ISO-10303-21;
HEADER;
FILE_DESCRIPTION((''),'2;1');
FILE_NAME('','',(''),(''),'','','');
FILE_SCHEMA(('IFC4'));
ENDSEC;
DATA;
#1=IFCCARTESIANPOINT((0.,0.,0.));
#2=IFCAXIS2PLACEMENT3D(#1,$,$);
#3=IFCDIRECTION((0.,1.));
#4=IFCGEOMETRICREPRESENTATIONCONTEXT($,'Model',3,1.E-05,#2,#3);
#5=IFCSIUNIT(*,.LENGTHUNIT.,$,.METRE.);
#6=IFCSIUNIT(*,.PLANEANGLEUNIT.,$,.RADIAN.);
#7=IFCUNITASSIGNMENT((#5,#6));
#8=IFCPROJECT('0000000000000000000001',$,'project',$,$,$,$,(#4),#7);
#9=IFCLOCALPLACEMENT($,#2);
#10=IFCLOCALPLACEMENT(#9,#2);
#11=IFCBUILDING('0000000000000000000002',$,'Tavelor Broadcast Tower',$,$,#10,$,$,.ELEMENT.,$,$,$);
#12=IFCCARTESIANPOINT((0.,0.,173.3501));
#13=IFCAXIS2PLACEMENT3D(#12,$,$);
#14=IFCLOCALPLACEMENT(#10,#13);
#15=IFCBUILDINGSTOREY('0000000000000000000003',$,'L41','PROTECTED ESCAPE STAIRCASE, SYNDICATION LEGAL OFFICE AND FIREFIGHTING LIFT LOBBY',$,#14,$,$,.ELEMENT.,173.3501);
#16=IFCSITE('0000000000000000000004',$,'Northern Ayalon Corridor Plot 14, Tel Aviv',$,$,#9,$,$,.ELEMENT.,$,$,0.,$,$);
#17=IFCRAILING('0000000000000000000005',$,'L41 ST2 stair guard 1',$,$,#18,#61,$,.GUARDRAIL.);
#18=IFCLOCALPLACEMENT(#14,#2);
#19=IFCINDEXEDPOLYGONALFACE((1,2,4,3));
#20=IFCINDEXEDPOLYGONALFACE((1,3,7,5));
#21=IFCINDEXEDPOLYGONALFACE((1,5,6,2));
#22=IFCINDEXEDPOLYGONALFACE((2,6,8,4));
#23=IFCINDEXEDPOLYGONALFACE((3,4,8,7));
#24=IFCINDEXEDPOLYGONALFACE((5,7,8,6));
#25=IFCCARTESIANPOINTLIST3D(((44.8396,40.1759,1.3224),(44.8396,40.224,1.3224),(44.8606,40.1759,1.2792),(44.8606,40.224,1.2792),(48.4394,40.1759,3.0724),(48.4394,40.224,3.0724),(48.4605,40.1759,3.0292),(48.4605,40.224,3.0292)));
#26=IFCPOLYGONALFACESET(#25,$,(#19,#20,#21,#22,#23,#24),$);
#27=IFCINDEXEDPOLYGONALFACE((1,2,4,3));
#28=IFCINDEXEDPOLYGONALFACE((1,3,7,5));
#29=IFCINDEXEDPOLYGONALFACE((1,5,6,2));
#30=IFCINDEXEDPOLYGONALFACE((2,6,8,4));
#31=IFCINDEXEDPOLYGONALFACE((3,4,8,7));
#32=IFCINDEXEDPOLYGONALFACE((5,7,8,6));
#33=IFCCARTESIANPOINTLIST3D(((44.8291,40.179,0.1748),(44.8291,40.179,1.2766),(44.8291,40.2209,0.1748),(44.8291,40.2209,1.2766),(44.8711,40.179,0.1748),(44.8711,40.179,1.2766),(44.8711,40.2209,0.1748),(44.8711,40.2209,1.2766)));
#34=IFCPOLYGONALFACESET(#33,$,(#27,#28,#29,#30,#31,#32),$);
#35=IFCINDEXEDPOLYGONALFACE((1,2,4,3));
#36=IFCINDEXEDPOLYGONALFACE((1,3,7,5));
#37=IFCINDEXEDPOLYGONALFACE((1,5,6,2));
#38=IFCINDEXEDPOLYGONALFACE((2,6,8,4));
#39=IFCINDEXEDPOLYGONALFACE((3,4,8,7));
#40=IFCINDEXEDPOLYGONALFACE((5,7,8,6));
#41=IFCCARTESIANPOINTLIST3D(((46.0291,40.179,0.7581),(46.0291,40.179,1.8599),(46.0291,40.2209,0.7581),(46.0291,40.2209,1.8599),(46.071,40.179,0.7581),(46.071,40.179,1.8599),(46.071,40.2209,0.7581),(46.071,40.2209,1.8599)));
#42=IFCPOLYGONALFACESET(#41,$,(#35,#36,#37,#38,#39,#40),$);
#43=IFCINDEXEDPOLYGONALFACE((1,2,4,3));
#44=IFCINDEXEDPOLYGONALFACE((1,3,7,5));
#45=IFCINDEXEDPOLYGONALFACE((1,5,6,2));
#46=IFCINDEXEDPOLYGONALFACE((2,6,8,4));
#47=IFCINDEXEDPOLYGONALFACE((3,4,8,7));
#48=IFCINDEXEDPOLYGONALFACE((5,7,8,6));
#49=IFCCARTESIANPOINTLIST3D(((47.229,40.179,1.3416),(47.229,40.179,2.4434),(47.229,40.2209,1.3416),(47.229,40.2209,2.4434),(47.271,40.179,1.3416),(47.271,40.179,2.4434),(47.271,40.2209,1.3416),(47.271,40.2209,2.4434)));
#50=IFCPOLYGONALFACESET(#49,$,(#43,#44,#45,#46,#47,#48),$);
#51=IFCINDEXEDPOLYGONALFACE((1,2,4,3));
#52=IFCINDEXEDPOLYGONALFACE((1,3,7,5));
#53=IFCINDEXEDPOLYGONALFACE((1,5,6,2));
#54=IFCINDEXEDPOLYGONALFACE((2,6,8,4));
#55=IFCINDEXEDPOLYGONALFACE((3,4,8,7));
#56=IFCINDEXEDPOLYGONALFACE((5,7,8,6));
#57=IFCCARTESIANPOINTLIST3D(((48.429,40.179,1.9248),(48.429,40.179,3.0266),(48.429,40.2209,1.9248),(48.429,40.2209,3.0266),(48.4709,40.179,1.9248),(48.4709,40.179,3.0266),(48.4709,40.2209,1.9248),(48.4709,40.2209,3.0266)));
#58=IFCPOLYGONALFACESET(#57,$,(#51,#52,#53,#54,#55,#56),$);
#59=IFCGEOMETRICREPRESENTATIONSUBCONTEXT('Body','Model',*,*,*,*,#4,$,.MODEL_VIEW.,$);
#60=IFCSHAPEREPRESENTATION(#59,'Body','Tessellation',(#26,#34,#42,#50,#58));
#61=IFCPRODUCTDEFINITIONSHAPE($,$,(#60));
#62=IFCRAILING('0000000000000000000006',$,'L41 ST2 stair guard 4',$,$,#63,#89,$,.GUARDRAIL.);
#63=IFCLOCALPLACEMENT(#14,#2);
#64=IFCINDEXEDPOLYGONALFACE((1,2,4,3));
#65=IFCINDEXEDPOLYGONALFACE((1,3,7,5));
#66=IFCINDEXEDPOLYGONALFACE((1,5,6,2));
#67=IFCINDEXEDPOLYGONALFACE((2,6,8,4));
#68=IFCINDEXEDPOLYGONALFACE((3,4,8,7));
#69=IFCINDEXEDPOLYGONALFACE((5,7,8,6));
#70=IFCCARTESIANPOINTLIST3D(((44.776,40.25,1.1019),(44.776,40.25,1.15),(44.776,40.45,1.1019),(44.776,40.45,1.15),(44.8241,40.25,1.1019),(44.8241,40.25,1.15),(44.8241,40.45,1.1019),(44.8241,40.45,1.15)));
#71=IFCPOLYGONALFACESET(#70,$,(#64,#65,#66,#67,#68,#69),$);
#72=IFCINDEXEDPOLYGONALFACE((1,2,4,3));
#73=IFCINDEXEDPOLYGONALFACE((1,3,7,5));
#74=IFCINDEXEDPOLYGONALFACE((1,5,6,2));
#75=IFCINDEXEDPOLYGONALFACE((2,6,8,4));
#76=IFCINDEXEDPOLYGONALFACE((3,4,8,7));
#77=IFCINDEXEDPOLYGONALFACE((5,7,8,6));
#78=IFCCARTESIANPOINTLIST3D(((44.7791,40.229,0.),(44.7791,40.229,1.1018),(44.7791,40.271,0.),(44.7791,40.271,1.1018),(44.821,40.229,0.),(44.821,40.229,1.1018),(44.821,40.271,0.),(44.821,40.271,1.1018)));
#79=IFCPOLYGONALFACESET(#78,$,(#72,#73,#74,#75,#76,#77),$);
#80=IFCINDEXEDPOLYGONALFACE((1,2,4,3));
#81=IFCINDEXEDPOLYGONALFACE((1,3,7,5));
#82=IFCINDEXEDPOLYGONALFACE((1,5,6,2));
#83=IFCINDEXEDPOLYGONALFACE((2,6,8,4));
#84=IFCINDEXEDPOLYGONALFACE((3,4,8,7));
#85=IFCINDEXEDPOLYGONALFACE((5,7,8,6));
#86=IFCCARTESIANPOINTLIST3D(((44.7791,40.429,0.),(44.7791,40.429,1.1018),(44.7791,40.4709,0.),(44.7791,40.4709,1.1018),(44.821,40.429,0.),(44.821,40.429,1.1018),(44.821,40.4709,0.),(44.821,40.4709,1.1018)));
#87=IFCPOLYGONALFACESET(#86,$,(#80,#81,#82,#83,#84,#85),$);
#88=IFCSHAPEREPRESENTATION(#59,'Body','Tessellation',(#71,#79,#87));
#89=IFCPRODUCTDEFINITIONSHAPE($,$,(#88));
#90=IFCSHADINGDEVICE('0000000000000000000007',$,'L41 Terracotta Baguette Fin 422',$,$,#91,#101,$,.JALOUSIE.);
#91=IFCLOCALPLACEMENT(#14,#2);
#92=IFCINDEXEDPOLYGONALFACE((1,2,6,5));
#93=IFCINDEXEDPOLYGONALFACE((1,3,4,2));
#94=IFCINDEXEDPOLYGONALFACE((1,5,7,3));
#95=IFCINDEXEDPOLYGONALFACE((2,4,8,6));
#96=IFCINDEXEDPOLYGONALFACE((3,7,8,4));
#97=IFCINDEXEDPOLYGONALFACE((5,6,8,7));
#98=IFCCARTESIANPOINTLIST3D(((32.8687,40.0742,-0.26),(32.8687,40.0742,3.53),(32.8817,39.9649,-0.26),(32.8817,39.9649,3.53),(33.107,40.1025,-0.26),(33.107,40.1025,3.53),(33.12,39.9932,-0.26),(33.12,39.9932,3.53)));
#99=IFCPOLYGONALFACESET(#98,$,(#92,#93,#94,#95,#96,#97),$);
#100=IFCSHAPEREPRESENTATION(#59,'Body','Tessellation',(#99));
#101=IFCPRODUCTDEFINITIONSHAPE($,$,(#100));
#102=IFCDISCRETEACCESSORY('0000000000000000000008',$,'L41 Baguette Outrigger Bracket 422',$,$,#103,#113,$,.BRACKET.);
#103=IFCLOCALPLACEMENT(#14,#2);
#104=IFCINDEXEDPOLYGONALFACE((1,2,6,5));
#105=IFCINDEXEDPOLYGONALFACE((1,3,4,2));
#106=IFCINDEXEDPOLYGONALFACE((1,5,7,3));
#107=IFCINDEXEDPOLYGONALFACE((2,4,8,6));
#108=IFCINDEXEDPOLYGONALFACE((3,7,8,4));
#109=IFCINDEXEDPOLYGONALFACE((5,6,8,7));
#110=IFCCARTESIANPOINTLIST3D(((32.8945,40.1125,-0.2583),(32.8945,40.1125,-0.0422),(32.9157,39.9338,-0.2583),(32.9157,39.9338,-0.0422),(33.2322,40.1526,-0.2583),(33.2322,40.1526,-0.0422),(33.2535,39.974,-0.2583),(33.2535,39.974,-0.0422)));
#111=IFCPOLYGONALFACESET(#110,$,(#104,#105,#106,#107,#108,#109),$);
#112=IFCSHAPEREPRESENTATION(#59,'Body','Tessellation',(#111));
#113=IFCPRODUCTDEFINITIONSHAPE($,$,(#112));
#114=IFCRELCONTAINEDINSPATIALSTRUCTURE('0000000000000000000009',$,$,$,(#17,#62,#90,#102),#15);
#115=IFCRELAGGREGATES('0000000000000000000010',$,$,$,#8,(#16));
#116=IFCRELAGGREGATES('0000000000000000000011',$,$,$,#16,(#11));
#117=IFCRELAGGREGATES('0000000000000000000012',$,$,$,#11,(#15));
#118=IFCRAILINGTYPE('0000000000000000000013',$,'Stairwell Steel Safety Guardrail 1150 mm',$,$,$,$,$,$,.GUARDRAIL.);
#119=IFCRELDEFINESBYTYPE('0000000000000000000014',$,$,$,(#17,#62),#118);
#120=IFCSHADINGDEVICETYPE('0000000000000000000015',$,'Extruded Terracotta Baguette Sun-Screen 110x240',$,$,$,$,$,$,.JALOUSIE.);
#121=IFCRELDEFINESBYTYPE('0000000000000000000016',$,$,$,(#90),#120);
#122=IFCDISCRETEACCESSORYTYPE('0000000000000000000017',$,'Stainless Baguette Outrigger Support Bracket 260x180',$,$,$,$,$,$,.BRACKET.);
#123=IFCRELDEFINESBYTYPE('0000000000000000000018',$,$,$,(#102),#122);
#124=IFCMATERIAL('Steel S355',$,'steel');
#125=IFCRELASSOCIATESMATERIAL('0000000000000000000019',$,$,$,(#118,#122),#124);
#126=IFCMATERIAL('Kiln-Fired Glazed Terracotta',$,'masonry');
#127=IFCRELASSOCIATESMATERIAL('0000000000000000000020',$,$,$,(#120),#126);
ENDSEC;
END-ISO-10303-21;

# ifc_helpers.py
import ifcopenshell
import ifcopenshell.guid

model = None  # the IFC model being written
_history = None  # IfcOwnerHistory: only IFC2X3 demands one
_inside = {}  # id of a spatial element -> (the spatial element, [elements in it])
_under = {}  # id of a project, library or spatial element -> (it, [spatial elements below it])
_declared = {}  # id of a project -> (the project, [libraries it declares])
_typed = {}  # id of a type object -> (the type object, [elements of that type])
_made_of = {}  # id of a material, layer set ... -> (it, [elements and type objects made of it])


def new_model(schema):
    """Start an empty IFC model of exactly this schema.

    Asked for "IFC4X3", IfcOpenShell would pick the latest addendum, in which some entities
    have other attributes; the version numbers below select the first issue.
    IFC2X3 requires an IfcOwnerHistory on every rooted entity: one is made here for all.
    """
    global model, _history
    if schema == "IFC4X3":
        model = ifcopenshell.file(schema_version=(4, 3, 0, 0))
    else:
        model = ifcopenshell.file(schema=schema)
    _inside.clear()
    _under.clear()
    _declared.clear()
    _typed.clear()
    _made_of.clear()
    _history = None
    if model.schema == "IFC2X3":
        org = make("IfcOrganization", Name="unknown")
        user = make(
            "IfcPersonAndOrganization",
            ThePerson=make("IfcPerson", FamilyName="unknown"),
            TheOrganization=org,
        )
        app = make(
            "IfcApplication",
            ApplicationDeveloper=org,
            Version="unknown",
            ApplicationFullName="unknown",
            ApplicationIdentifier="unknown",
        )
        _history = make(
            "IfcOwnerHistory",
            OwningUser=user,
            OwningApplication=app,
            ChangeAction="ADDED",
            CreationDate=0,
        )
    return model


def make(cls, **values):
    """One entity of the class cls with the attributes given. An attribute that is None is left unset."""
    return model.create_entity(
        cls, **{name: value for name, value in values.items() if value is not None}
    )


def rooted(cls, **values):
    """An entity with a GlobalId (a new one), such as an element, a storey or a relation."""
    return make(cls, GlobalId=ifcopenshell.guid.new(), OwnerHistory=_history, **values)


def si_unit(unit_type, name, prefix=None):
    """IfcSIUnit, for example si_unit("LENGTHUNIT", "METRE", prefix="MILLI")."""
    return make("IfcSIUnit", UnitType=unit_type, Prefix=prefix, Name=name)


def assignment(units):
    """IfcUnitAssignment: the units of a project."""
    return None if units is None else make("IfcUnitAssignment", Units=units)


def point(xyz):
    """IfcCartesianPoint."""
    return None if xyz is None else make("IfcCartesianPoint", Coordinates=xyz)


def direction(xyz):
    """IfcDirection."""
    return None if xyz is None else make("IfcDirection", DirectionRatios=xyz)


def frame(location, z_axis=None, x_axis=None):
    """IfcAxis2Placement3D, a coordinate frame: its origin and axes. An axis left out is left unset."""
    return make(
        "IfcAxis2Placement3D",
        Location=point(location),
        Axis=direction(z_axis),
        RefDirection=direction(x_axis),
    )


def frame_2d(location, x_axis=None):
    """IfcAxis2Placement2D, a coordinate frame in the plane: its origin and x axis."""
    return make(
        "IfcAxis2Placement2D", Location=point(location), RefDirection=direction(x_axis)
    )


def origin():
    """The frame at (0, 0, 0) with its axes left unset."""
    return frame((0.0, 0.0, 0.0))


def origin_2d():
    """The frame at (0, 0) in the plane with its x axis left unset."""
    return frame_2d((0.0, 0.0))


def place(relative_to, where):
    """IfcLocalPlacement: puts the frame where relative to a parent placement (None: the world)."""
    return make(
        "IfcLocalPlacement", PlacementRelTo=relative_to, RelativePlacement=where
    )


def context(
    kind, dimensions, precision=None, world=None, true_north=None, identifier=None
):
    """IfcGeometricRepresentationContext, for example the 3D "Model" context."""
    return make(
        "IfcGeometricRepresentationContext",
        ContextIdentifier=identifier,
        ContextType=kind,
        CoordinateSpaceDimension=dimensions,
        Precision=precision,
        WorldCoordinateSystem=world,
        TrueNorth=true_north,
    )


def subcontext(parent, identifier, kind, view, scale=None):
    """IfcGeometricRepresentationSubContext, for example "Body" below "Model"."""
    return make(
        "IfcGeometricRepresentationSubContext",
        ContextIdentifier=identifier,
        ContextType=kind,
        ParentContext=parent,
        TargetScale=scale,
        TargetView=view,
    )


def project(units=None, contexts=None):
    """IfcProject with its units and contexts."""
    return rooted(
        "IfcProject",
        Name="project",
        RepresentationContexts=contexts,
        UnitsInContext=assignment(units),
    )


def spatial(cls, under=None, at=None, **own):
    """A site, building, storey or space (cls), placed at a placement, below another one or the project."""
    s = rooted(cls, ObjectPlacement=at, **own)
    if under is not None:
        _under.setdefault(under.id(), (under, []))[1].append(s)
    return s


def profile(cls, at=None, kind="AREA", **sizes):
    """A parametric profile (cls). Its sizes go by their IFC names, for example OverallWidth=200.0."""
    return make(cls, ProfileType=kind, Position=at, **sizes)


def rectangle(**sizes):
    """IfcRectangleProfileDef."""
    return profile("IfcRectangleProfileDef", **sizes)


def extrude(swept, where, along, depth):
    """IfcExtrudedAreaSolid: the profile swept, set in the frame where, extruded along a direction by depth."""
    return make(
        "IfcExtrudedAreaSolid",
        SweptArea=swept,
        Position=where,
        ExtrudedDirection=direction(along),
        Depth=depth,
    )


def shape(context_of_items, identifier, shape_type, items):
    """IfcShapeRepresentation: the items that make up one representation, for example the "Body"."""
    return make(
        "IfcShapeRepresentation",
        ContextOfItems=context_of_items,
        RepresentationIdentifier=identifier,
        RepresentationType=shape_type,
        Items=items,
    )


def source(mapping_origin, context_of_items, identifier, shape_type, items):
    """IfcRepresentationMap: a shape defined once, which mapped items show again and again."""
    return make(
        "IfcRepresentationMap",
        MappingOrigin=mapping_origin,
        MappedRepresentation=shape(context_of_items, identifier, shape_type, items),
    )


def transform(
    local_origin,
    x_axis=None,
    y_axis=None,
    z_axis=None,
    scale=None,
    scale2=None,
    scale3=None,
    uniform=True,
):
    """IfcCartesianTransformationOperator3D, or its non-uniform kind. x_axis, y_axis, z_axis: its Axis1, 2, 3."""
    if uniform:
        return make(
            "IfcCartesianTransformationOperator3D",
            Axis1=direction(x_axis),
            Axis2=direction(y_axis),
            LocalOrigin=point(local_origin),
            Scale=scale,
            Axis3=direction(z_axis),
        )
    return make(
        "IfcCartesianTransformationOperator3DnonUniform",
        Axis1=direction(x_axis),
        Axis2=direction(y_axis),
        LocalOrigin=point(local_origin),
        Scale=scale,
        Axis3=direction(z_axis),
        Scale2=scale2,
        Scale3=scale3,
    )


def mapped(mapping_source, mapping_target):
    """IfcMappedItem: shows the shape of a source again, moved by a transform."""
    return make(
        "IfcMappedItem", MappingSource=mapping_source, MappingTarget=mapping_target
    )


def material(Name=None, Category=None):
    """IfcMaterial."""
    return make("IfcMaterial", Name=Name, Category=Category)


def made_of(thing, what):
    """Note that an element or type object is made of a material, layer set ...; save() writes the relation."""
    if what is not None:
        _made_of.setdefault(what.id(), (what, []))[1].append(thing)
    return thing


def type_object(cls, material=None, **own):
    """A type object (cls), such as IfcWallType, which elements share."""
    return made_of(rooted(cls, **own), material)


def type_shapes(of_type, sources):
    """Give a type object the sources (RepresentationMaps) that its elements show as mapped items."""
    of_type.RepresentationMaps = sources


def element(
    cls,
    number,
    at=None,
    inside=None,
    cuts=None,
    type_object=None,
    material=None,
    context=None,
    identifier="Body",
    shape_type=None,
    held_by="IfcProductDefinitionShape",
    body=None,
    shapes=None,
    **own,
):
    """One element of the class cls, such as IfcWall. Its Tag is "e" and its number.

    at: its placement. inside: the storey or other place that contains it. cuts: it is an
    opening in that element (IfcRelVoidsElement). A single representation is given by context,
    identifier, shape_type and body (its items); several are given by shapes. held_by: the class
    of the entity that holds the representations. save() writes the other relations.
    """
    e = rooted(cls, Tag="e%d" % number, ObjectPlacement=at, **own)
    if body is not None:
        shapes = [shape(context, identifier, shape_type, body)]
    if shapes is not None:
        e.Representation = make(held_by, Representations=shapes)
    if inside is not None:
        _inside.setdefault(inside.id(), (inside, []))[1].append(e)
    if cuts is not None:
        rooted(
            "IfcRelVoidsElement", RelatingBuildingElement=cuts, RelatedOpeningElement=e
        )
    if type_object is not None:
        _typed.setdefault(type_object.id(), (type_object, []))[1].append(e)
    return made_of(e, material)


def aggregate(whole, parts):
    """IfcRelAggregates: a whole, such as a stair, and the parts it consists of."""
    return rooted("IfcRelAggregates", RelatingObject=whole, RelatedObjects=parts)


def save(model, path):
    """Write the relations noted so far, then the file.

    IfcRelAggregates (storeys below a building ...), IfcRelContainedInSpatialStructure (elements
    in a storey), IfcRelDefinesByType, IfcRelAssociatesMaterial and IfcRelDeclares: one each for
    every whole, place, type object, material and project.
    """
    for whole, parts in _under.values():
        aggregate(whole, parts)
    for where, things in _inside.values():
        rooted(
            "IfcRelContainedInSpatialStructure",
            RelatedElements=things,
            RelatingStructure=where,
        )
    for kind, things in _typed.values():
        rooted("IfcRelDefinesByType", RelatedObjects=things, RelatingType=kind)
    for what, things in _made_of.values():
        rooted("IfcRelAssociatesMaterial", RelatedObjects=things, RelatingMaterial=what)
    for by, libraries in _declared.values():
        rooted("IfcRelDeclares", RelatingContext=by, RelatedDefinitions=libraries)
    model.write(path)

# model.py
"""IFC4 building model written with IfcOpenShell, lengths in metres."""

from ifc_helpers import new_model, si_unit, direction, frame, origin, origin_2d, place, context, subcontext, project, spatial, rectangle, extrude, source, transform, mapped, material, type_object, type_shapes, element, save


model = new_model("IFC4")

# Units and contexts
model_context = context("Model", 3, precision=1e-05, world=origin(), true_north=direction((0.0, 1.0)))
body_context = subcontext(model_context, "Body", "Model", "MODEL_VIEW")
ifc_project = project(units=[si_unit("LENGTHUNIT", "METRE"), si_unit("PLANEANGLEUNIT", "RADIAN")], contexts=[model_context])

# Site, building, storey
site_placement = place(None, origin())
site = spatial("IfcSite", under=ifc_project, at=site_placement, Name="Northern Ayalon Corridor Plot 14, Tel Aviv", CompositionType="ELEMENT", RefElevation=0.0)
building_placement = place(site_placement, origin())
building = spatial("IfcBuilding", under=site, at=building_placement, Name="Tavelor Broadcast Tower", CompositionType="ELEMENT")
storey_placement = place(building_placement, frame((0.0, 0.0, 173.3501)))
storey = spatial("IfcBuildingStorey", under=building, at=storey_placement, Name="L41", Description="PROTECTED ESCAPE STAIRCASE, SYNDICATION LEGAL OFFICE AND FIREFIGHTING LIFT LOBBY", CompositionType="ELEMENT", Elevation=173.3501)

# Shared definitions
ifc_material_1 = material(Name="Steel S355", Category="steel")

# Railings
railing_type = type_object("IfcRailingType", Name="Stairwell Steel Safety Guardrail 1150 mm", PredefinedType="GUARDRAIL", material=ifc_material_1)
railing_1_placement = place(storey_placement, frame((44.8501, 40.2, 0.1748)))
element("IfcRailing", 1, at=railing_1_placement, inside=storey, type_object=railing_type, Name="L41 ST2 stair guard 1", PredefinedType="GUARDRAIL", context=body_context, shape_type="SweptSolid", body=[
    extrude(rectangle(XDim=0.0481, YDim=0.0481, at=origin_2d()), frame((0.0, 0.0, 1.126), z_axis=(0.899361, 0.0, 0.437207), x_axis=(0.0, 1.0, 0.0)), (0.0, 0.0, 1.0), 4.0027),
    extrude(rectangle(XDim=0.042, YDim=0.042, at=origin_2d()), origin(), (0.0, 0.0, 1.0), 1.1018),
    extrude(rectangle(XDim=0.042, YDim=0.042, at=origin_2d()), frame((1.2, 0.0, 0.5833)), (0.0, 0.0, 1.0), 1.1018),
    extrude(rectangle(XDim=0.042, YDim=0.042, at=origin_2d()), frame((2.3999, 0.0, 1.1667)), (0.0, 0.0, 1.0), 1.1018),
    extrude(rectangle(XDim=0.042, YDim=0.042, at=origin_2d()), frame((3.5999, 0.0, 1.75)), (0.0, 0.0, 1.0), 1.1018),
])
railing_2_placement = place(storey_placement, frame((44.8, 40.25, 0.0)))
element("IfcRailing", 2, at=railing_2_placement, inside=storey, type_object=railing_type, Name="L41 ST2 stair guard 4", PredefinedType="GUARDRAIL", context=body_context, shape_type="SweptSolid", body=[
    extrude(rectangle(XDim=0.0481, YDim=0.0481, at=origin_2d()), frame((0.0, 0.0, 1.126), z_axis=(0.0, 1.0, 0.0), x_axis=(-1.0, 0.0, 0.0)), (0.0, 0.0, 1.0), 0.2),
    extrude(rectangle(XDim=0.042, YDim=0.042, at=origin_2d()), origin(), (0.0, 0.0, 1.0), 1.1018),
    extrude(rectangle(XDim=0.042, YDim=0.042, at=origin_2d()), frame((0.0, 0.2, 0.0)), (0.0, 0.0, 1.0), 1.1018),
])

# Shading device
ifc_material_2 = material(Name="Kiln-Fired Glazed Terracotta", Category="masonry")
shading_device_type = type_object("IfcShadingDeviceType", Name="Extruded Terracotta Baguette Sun-Screen 110x240", PredefinedType="JALOUSIE", material=ifc_material_2)
shared_shape_1 = source(origin(), body_context, "Body", "SweptSolid", [
    extrude(rectangle(XDim=0.1101, YDim=0.24, at=origin_2d()), origin(), (0.0, 0.0, 1.0), 3.79),
])
type_shapes(shading_device_type, [shared_shape_1])
shading_device_placement = place(storey_placement, frame((32.9944, 40.0337, -0.26), z_axis=(0.0, 0.0, 1.0), x_axis=(0.118057, -0.993007, 0.0)))
element("IfcShadingDevice", 3, at=shading_device_placement, inside=storey, type_object=shading_device_type, Name="L41 Terracotta Baguette Fin 422", PredefinedType="JALOUSIE", context=body_context, shape_type="MappedRepresentation", body=[
    mapped(shared_shape_1, transform((0.0, 0.0, 0.0), scale=1.0)),
])

# Discrete accessory
discrete_accessory_type = type_object("IfcDiscreteAccessoryType", Name="Stainless Baguette Outrigger Support Bracket 260x180", PredefinedType="BRACKET", material=ifc_material_1)
shared_shape_2 = source(origin(), body_context, "Body", "SweptSolid", [
    extrude(rectangle(XDim=0.1799, YDim=0.3401, at=origin_2d()), origin(), (0.0, 0.0, 1.0), 0.2161),
])
type_shapes(discrete_accessory_type, [shared_shape_2])
discrete_accessory_placement = place(storey_placement, frame((33.074, 40.0432, -0.2583), z_axis=(0.0, 0.0, 1.0), x_axis=(0.118057, -0.993007, 0.0)))
element("IfcDiscreteAccessory", 4, at=discrete_accessory_placement, inside=storey, type_object=discrete_accessory_type, Name="L41 Baguette Outrigger Bracket 422", PredefinedType="BRACKET", context=body_context, shape_type="MappedRepresentation", body=[
    mapped(shared_shape_2, transform((0.0, 0.0, 0.0), scale=1.0)),
])

save(model, "model.ifc")
